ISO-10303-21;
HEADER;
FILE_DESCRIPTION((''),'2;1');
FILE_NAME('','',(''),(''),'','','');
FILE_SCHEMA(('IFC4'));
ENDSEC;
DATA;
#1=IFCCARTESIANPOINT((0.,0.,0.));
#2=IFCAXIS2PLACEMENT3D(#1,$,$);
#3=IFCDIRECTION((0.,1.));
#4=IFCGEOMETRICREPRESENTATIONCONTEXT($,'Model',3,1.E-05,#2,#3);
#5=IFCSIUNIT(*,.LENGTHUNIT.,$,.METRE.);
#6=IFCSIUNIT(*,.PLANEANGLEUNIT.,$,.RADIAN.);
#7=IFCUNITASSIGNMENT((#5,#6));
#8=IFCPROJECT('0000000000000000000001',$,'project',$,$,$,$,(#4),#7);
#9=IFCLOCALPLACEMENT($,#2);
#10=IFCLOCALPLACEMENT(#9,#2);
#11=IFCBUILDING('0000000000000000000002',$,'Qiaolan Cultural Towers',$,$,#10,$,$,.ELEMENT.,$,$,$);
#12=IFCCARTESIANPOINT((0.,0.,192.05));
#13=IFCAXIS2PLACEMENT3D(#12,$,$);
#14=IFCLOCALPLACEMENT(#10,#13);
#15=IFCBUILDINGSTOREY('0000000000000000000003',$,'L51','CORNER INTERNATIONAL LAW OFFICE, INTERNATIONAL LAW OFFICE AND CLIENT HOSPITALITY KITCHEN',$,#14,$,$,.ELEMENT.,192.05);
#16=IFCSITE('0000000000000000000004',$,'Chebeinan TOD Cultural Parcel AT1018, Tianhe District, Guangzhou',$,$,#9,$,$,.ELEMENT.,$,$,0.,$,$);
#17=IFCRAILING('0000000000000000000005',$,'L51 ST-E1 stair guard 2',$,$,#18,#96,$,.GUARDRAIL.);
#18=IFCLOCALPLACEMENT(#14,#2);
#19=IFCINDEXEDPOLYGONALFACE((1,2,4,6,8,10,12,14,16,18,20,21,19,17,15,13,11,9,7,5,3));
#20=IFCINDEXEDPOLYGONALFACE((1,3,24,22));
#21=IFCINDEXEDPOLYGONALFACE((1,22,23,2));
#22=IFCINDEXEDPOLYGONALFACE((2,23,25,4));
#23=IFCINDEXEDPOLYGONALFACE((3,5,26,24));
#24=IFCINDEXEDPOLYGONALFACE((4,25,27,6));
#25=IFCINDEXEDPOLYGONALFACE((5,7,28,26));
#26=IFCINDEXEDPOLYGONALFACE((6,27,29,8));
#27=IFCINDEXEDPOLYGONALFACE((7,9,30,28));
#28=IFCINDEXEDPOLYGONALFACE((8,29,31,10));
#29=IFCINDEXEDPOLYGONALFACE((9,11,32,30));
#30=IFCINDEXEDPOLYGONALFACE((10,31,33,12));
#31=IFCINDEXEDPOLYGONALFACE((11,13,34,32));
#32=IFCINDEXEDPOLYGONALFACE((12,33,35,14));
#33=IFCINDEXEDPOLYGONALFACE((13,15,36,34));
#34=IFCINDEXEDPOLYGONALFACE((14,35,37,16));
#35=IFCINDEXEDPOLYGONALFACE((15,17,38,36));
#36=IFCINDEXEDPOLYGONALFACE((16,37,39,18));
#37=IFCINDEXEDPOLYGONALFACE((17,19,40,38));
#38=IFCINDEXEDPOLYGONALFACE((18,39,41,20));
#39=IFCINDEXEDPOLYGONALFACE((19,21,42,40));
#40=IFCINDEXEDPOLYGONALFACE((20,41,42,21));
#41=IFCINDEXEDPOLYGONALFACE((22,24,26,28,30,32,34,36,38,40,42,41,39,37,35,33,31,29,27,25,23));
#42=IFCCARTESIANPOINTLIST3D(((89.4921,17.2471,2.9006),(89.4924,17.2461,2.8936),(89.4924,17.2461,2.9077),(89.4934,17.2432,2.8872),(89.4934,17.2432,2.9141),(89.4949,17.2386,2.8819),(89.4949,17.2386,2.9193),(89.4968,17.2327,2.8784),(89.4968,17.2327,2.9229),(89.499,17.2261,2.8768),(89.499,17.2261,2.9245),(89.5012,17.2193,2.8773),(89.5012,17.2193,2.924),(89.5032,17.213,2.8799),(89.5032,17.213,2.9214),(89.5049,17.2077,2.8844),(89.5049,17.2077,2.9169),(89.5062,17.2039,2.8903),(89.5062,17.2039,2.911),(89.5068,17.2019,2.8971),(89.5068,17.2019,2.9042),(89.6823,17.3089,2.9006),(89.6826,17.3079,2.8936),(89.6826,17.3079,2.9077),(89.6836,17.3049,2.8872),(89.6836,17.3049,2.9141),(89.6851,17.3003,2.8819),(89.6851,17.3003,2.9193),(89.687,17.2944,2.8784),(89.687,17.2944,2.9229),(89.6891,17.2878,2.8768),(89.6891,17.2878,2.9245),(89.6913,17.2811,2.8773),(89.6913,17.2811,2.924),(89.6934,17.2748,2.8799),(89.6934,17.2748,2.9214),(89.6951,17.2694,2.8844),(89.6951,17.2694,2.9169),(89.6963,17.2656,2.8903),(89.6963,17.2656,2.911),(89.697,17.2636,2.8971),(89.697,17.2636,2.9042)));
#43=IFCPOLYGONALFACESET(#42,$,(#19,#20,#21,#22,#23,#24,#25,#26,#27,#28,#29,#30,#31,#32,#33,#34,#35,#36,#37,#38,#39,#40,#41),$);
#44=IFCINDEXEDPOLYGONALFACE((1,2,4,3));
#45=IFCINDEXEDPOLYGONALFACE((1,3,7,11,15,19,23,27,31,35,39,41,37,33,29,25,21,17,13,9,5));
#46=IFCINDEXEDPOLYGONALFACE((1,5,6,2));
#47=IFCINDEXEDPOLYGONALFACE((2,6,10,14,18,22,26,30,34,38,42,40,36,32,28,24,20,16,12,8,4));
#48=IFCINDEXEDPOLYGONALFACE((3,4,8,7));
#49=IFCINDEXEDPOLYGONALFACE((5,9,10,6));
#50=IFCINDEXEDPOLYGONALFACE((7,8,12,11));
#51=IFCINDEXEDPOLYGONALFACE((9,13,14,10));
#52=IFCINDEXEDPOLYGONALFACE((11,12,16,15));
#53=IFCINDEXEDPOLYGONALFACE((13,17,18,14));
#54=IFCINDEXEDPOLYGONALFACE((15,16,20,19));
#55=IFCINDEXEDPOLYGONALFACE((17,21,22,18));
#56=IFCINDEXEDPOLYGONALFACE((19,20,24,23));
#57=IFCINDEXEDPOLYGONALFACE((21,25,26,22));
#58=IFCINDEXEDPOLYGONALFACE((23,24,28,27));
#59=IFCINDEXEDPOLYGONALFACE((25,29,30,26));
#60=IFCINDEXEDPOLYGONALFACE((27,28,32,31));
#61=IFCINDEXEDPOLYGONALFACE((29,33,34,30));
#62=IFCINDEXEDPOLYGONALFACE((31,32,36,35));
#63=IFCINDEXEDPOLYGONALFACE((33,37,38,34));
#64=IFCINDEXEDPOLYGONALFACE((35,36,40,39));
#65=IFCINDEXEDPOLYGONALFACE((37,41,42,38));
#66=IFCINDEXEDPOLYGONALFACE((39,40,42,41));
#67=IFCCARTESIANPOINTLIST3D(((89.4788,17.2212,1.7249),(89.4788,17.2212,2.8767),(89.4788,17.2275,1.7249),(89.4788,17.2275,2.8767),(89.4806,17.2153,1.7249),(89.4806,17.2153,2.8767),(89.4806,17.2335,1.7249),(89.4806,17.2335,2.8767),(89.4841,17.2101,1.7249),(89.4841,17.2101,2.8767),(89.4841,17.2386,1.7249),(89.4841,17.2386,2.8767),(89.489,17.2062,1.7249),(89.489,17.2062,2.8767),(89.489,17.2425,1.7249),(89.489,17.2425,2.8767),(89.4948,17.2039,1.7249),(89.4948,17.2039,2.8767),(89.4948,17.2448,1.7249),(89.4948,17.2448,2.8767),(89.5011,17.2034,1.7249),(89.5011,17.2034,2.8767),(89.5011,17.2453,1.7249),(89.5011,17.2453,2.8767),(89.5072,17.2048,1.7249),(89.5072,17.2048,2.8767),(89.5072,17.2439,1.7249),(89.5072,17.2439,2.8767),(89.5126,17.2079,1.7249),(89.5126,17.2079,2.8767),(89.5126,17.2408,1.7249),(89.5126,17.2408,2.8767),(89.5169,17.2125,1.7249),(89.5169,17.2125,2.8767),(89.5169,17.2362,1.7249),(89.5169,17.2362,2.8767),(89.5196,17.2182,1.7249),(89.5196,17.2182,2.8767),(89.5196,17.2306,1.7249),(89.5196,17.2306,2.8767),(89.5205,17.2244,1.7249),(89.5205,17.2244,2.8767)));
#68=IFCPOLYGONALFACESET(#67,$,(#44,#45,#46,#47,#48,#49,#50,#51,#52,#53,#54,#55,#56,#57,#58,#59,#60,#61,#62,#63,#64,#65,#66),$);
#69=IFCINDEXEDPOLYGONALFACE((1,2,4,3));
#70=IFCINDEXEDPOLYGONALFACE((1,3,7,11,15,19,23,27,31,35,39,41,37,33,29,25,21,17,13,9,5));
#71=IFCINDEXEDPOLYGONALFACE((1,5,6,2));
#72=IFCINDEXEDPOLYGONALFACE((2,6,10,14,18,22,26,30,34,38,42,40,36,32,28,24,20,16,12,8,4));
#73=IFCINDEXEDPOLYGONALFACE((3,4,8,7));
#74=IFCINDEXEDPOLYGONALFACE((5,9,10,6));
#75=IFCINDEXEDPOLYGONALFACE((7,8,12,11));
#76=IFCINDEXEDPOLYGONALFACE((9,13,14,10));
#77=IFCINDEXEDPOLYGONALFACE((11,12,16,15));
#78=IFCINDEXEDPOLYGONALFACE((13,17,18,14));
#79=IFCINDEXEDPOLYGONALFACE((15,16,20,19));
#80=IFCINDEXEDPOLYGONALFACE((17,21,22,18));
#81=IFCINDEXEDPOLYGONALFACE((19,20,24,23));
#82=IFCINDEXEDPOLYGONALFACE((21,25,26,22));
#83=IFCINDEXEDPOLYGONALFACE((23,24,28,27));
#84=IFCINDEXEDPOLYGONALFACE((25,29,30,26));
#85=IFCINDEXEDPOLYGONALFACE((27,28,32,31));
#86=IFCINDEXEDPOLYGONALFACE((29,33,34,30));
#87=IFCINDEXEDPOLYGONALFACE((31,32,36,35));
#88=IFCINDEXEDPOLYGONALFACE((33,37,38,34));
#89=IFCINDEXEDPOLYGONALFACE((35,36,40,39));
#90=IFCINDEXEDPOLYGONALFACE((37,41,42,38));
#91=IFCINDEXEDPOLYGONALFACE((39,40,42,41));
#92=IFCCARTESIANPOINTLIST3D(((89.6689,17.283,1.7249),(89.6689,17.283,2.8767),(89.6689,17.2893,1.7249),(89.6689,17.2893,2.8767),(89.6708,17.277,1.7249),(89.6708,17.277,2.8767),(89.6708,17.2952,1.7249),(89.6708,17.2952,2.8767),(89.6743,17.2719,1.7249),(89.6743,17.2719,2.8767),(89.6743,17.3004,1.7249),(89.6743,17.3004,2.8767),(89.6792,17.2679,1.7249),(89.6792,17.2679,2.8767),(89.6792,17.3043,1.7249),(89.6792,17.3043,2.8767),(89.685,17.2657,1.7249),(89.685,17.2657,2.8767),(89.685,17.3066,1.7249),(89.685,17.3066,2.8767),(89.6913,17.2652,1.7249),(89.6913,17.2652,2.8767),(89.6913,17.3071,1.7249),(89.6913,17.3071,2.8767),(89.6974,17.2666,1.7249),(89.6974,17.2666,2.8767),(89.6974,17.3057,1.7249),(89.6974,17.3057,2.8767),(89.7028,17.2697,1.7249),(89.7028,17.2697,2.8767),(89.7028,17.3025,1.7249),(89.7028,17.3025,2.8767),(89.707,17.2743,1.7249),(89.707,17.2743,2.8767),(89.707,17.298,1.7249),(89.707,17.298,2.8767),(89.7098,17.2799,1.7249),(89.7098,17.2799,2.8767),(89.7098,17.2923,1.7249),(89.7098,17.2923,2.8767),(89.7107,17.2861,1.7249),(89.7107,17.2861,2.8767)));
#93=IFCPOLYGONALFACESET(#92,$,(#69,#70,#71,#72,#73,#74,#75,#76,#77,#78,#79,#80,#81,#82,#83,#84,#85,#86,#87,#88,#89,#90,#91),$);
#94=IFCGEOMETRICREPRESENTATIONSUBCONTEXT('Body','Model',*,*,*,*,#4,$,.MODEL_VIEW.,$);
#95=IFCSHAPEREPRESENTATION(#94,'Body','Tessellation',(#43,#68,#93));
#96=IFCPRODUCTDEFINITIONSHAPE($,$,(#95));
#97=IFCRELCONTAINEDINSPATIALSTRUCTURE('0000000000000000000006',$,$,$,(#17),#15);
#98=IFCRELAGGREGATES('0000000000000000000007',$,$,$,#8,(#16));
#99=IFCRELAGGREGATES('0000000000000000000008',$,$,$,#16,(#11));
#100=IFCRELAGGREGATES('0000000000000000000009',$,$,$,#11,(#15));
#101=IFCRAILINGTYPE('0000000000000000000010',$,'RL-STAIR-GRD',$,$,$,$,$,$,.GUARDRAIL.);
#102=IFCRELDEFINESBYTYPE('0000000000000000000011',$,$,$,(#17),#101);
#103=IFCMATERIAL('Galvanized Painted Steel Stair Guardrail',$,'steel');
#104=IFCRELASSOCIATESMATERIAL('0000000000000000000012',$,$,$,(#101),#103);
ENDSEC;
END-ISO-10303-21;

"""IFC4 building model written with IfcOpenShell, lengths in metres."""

from ifc_helpers import new_model, si_unit, direction, frame, origin, origin_2d, place, context, subcontext, project, spatial, circle, extrude, material, type_object, element, save


model = new_model("IFC4")

# Units and contexts
model_context = context("Model", 3, precision=1e-05, world=origin(), true_north=direction((0.0, 1.0)))
body_context = subcontext(model_context, "Body", "Model", "MODEL_VIEW")
ifc_project = project(units=[si_unit("LENGTHUNIT", "METRE"), si_unit("PLANEANGLEUNIT", "RADIAN")], contexts=[model_context])

# Site, building, storey
site_placement = place(None, origin())
site = spatial("IfcSite", under=ifc_project, at=site_placement, Name="Chebeinan TOD Cultural Parcel AT1018, Tianhe District, Guangzhou", CompositionType="ELEMENT", RefElevation=0.0)
building_placement = place(site_placement, origin())
building = spatial("IfcBuilding", under=site, at=building_placement, Name="Qiaolan Cultural Towers", CompositionType="ELEMENT")
storey_placement = place(building_placement, frame((0.0, 0.0, 192.05)))
storey = spatial("IfcBuildingStorey", under=building, at=storey_placement, Name="L51", Description="CORNER INTERNATIONAL LAW OFFICE, INTERNATIONAL LAW OFFICE AND CLIENT HOSPITALITY KITCHEN", CompositionType="ELEMENT", Elevation=192.05)

# Railing
ifc_material_1 = material(Name="Galvanized Painted Steel Stair Guardrail", Category="steel")
railing_type_1 = type_object("IfcRailingType", Name="RL-STAIR-GRD", PredefinedType="GUARDRAIL", material=ifc_material_1)
railing_1_placement = place(storey_placement, frame((89.4995, 17.2244, 1.7249)))
element("IfcRailing", 1, at=railing_1_placement, inside=storey, type_object=railing_type_1, Name="L51 ST-E1 stair guard 2", PredefinedType="GUARDRAIL", context=body_context, shape_type="SweptSolid", body=[
    extrude(circle(Radius=0.0239, at=origin_2d()), frame((0.0, 0.0, 1.1758), z_axis=(0.951097, 0.308893, 0.0), x_axis=(-0.308893, 0.951097, 0.0)), (0.0, 0.0, 1.0), 0.2),
    extrude(circle(Radius=0.021, at=origin_2d()), origin(), (0.0, 0.0, 1.0), 1.1519),
    extrude(circle(Radius=0.021, at=origin_2d()), frame((0.1902, 0.0618, 0.0)), (0.0, 0.0, 1.0), 1.1519),
])

save(model, "model.ifc")
